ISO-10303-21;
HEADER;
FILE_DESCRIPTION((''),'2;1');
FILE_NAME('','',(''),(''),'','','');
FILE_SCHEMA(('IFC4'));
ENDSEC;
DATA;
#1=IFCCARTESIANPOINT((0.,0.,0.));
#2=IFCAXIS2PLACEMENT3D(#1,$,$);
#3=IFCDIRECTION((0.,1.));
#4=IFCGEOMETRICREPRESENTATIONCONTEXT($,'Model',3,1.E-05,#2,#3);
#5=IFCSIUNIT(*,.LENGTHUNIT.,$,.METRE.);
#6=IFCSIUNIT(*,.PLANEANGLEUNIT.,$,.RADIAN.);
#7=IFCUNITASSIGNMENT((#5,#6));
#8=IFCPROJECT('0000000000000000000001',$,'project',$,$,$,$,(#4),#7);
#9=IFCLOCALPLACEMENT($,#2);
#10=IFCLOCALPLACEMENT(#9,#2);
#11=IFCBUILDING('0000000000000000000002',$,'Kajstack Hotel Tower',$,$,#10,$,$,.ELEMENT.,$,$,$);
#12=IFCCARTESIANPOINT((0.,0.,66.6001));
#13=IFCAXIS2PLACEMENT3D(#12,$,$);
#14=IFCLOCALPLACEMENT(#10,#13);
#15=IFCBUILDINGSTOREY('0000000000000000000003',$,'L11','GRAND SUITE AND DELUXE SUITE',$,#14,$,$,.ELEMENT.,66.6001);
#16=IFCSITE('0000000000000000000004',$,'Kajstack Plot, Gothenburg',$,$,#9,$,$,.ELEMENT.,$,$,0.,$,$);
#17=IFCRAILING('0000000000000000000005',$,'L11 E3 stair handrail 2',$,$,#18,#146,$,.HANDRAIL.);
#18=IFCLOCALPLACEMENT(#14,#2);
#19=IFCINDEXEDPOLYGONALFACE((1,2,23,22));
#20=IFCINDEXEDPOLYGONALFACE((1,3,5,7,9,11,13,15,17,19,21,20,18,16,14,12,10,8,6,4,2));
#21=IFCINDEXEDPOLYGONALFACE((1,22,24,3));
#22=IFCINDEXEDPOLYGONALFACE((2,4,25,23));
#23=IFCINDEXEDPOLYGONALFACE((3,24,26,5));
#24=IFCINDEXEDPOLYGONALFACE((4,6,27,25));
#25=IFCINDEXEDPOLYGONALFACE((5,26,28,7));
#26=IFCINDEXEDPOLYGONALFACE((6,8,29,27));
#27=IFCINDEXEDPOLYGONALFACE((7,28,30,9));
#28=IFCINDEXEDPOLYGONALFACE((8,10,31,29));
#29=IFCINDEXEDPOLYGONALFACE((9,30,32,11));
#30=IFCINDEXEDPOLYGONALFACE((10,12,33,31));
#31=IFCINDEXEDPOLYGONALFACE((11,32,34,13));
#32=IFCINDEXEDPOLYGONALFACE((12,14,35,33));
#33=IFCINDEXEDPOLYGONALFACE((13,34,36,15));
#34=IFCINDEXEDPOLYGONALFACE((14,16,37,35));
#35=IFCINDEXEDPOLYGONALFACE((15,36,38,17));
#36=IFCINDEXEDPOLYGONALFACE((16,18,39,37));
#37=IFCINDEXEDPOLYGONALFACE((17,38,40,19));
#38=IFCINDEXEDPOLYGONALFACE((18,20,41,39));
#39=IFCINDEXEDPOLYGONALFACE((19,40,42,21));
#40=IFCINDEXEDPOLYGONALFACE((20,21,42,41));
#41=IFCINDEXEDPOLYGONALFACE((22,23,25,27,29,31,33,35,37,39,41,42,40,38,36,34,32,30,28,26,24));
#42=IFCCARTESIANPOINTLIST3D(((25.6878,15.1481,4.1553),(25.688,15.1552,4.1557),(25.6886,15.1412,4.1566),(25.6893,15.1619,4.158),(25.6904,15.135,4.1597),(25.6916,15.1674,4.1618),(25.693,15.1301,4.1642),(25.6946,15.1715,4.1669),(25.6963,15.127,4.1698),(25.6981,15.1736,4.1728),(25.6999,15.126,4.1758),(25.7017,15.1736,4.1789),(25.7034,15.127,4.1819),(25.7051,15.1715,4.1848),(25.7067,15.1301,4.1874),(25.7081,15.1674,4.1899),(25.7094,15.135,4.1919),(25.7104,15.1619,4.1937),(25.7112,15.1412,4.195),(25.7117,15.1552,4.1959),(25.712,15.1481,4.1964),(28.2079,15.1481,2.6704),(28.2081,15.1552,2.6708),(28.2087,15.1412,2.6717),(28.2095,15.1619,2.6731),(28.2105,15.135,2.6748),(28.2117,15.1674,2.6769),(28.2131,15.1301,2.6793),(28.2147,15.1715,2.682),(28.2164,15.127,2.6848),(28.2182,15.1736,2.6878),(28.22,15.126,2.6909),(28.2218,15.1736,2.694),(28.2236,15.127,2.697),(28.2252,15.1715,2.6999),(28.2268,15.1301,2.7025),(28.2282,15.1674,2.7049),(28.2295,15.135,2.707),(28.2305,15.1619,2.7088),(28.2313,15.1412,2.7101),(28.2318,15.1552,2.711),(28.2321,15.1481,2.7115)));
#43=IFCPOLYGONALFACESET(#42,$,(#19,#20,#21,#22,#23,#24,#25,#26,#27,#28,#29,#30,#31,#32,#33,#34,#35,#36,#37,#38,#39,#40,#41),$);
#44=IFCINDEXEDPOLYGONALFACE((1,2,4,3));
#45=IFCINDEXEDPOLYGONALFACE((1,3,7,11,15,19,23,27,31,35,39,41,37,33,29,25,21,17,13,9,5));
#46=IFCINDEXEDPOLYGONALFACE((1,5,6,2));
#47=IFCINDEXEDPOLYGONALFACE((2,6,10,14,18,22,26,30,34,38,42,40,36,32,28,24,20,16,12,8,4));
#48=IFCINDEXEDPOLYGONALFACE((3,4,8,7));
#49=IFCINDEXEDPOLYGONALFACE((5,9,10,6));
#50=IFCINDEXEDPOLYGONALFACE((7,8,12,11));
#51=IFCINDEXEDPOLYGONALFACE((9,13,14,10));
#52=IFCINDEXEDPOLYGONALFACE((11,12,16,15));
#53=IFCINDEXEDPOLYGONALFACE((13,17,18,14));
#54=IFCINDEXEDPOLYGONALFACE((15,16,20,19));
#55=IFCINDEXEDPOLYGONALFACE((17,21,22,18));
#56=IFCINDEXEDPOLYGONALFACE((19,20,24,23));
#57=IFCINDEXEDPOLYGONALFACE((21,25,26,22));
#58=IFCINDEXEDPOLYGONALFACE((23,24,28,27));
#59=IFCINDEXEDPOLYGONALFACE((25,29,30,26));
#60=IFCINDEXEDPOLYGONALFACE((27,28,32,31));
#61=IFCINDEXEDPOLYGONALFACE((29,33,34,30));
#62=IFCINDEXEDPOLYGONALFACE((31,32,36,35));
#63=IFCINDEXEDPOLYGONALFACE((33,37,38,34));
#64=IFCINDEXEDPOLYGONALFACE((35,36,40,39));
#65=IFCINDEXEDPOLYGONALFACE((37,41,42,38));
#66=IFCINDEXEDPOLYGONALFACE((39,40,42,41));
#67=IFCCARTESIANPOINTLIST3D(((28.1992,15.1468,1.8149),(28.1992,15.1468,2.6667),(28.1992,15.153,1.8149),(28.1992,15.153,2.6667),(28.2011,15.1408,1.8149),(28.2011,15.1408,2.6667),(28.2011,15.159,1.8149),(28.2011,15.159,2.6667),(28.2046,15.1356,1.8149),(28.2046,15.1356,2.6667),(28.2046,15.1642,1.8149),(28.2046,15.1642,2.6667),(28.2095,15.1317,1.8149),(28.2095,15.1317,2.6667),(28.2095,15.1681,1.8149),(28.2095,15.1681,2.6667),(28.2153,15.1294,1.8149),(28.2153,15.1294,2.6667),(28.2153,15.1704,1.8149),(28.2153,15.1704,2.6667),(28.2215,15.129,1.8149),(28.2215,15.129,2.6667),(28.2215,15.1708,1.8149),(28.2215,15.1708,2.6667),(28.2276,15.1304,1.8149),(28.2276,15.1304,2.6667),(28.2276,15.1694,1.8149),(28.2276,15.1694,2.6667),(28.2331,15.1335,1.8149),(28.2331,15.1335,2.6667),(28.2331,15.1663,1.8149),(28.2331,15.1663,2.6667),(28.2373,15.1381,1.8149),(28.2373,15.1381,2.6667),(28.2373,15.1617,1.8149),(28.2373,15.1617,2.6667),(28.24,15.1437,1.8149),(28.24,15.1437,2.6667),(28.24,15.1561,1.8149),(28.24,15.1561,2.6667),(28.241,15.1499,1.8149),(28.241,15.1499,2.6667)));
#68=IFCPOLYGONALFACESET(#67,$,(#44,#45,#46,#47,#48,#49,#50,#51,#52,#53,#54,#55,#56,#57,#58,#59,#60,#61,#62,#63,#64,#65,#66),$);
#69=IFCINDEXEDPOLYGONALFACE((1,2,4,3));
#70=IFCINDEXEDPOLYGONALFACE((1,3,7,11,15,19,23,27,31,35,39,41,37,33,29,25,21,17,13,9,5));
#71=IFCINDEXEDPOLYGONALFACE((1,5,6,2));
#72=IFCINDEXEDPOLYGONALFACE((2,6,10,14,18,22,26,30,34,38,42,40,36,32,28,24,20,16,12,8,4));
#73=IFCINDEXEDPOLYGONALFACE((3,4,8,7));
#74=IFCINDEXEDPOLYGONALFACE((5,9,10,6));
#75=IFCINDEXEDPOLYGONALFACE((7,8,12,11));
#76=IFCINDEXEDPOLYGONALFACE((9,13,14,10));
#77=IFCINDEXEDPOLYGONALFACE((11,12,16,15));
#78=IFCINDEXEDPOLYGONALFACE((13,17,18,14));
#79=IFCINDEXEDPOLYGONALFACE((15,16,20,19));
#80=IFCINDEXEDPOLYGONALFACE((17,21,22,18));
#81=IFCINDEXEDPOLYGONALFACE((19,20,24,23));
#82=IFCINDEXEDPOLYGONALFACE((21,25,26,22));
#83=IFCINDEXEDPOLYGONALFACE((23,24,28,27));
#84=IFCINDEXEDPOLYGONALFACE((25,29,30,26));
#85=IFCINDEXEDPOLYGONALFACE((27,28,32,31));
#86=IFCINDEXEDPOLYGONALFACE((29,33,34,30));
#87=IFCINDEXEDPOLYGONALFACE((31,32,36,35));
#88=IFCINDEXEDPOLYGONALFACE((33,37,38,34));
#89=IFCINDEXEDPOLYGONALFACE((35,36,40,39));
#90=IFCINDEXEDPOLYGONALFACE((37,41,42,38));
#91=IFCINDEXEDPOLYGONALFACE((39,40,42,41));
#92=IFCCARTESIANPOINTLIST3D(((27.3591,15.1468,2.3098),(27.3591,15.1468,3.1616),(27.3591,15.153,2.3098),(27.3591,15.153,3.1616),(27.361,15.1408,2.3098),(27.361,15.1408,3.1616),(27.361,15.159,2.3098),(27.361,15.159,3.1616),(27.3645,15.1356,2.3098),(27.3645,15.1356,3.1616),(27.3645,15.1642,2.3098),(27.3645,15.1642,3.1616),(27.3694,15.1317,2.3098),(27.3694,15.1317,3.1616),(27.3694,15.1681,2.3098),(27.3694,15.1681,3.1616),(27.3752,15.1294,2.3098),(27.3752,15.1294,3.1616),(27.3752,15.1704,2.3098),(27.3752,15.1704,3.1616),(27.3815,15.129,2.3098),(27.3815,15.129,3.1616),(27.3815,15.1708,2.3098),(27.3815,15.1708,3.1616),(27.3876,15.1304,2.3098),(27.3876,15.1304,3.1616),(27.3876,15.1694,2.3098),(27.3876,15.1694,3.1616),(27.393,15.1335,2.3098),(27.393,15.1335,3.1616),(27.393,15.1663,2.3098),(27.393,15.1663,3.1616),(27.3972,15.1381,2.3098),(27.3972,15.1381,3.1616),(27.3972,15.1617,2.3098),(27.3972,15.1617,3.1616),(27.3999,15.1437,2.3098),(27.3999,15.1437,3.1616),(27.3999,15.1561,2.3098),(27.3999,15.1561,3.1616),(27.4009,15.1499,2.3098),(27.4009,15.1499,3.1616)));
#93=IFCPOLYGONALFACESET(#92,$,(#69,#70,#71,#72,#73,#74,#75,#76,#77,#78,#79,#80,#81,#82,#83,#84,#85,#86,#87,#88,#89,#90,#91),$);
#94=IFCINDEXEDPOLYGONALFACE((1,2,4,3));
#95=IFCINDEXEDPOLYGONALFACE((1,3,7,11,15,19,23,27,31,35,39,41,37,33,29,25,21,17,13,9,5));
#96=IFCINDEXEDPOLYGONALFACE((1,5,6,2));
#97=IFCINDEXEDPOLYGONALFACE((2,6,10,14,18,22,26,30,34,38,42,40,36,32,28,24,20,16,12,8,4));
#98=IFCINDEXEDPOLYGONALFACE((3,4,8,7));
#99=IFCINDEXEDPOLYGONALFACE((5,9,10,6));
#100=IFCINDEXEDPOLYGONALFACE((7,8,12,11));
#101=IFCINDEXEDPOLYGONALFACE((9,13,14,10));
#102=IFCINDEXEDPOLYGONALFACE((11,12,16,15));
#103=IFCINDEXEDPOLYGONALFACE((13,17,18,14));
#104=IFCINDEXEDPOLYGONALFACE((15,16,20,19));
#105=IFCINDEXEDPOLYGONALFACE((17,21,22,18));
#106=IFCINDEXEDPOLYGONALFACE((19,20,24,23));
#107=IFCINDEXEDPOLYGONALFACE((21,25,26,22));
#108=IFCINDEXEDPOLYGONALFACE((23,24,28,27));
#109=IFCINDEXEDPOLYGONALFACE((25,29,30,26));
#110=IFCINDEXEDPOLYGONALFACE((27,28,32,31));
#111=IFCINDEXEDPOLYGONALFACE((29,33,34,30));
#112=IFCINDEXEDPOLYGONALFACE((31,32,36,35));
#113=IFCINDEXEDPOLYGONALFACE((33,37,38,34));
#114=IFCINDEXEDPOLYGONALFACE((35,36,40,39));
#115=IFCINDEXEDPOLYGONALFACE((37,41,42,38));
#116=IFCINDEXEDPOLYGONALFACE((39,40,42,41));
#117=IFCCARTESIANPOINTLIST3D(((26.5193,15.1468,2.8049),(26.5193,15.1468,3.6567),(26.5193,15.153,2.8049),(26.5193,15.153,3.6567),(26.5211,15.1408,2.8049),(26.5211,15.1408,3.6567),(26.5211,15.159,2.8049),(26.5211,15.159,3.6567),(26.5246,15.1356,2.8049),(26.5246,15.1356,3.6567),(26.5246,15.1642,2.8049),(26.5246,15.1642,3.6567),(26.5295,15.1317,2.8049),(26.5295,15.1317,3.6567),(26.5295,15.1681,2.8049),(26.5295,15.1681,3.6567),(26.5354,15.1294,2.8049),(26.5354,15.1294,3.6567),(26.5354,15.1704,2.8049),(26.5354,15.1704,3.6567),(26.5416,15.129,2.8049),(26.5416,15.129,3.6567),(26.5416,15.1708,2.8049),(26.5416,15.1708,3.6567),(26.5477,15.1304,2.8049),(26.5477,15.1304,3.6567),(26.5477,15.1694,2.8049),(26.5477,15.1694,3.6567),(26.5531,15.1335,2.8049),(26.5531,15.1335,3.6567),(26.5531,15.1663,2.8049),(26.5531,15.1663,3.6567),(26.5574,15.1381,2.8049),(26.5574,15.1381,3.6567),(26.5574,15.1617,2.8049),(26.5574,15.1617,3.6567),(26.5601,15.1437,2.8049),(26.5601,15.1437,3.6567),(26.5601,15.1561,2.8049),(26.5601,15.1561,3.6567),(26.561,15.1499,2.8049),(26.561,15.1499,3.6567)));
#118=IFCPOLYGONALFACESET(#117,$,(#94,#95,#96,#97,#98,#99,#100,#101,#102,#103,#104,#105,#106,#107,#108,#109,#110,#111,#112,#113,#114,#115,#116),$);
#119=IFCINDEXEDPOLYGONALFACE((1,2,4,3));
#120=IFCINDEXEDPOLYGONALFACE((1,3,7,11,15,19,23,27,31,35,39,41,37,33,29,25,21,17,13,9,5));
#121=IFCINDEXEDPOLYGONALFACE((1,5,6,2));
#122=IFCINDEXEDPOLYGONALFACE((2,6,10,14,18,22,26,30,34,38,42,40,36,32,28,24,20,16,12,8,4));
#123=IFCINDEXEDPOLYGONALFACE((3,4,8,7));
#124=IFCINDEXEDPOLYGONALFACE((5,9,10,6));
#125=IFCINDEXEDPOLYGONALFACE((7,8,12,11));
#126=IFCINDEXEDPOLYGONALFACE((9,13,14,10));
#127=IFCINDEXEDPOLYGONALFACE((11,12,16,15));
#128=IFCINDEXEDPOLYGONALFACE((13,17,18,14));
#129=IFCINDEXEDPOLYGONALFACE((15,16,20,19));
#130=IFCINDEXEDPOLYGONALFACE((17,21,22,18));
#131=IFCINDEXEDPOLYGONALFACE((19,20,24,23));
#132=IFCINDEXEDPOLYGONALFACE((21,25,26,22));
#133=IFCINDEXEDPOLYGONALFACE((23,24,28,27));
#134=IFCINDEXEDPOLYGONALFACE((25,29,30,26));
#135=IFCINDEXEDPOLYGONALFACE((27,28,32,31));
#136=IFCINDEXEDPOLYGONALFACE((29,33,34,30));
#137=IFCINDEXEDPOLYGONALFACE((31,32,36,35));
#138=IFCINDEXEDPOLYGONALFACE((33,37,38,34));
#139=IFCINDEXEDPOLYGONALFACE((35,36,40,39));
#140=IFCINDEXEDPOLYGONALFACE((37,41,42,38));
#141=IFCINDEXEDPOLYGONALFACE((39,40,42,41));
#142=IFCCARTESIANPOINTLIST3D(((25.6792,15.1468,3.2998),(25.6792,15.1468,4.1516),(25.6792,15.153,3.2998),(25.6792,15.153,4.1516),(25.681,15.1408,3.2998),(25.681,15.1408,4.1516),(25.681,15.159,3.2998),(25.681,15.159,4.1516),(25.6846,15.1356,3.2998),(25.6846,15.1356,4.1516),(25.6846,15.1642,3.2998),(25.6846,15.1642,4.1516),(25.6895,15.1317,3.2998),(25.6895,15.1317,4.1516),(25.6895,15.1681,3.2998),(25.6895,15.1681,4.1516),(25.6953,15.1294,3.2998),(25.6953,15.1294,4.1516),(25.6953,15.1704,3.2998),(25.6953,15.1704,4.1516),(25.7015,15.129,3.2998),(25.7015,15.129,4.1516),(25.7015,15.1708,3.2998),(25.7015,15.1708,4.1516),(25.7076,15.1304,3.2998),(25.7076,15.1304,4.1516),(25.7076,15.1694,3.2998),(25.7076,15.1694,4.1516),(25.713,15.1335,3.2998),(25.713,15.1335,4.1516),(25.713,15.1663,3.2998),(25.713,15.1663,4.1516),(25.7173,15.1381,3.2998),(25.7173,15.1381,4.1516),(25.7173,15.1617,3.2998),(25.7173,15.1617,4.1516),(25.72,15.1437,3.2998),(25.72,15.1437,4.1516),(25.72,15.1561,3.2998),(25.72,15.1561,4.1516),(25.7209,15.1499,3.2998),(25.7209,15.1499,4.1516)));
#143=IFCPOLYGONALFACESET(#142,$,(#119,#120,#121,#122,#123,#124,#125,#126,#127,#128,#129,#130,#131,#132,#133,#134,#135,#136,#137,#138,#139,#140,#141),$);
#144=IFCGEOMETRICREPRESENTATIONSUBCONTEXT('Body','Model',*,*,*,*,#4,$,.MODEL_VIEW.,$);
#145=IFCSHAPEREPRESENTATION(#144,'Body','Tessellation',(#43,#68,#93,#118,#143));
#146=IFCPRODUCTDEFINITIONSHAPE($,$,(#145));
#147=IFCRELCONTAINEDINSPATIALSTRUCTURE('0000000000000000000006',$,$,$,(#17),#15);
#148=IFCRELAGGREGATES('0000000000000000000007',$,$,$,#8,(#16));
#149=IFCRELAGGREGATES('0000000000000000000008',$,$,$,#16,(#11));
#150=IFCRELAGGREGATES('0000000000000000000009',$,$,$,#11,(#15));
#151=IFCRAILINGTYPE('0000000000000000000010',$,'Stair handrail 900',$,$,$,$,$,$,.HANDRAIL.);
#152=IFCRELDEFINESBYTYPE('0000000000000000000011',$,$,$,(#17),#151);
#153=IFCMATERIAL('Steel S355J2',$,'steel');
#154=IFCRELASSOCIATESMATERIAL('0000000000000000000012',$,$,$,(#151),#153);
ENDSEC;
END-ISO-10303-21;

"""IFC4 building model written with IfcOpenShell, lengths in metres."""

from ifc_helpers import new_model, si_unit, direction, frame, origin, origin_2d, place, context, subcontext, project, spatial, circle, extrude, material, type_object, element, save


model = new_model("IFC4")

# Units and contexts
model_context = context("Model", 3, precision=1e-05, world=origin(), true_north=direction((0.0, 1.0)))
body_context = subcontext(model_context, "Body", "Model", "MODEL_VIEW")
ifc_project = project(units=[si_unit("LENGTHUNIT", "METRE"), si_unit("PLANEANGLEUNIT", "RADIAN")], contexts=[model_context])

# Site, building, storey
site_placement = place(None, origin())
site = spatial("IfcSite", under=ifc_project, at=site_placement, Name="Kajstack Plot, Gothenburg", CompositionType="ELEMENT", RefElevation=0.0)
building_placement = place(site_placement, origin())
building = spatial("IfcBuilding", under=site, at=building_placement, Name="Kajstack Hotel Tower", CompositionType="ELEMENT")
storey_placement = place(building_placement, frame((0.0, 0.0, 66.6001)))
storey = spatial("IfcBuildingStorey", under=building, at=storey_placement, Name="L11", Description="GRAND SUITE AND DELUXE SUITE", CompositionType="ELEMENT", Elevation=66.6001)

# Railing
ifc_material_1 = material(Name="Steel S355J2", Category="steel")
railing_type_1 = type_object("IfcRailingType", Name="Stair handrail 900", PredefinedType="HANDRAIL", material=ifc_material_1)
railing_1_placement = place(storey_placement, frame((28.22, 15.1499, 1.8149)))
element("IfcRailing", 1, at=railing_1_placement, inside=storey, type_object=railing_type_1, Name="L11 E3 stair handrail 2", PredefinedType="HANDRAIL", context=body_context, shape_type="SweptSolid", body=[
    extrude(circle(Radius=0.0239, at=origin_2d()), frame((0.0, 0.0, 0.876), z_axis=(-0.861561, 0.0, 0.507655), x_axis=(0.0, -1.0, 0.0)), (0.0, 0.0, 1.0), 2.925),
    extrude(circle(Radius=0.021, at=origin_2d()), origin(), (0.0, 0.0, 1.0), 0.8518),
    extrude(circle(Radius=0.021, at=origin_2d()), frame((-0.8401, 0.0, 0.4949)), (0.0, 0.0, 1.0), 0.8518),
    extrude(circle(Radius=0.021, at=origin_2d()), frame((-1.6799, 0.0, 0.99)), (0.0, 0.0, 1.0), 0.8518),
    extrude(circle(Radius=0.021, at=origin_2d()), frame((-2.52, 0.0, 1.4849)), (0.0, 0.0, 1.0), 0.8518),
])

save(model, "model.ifc")
